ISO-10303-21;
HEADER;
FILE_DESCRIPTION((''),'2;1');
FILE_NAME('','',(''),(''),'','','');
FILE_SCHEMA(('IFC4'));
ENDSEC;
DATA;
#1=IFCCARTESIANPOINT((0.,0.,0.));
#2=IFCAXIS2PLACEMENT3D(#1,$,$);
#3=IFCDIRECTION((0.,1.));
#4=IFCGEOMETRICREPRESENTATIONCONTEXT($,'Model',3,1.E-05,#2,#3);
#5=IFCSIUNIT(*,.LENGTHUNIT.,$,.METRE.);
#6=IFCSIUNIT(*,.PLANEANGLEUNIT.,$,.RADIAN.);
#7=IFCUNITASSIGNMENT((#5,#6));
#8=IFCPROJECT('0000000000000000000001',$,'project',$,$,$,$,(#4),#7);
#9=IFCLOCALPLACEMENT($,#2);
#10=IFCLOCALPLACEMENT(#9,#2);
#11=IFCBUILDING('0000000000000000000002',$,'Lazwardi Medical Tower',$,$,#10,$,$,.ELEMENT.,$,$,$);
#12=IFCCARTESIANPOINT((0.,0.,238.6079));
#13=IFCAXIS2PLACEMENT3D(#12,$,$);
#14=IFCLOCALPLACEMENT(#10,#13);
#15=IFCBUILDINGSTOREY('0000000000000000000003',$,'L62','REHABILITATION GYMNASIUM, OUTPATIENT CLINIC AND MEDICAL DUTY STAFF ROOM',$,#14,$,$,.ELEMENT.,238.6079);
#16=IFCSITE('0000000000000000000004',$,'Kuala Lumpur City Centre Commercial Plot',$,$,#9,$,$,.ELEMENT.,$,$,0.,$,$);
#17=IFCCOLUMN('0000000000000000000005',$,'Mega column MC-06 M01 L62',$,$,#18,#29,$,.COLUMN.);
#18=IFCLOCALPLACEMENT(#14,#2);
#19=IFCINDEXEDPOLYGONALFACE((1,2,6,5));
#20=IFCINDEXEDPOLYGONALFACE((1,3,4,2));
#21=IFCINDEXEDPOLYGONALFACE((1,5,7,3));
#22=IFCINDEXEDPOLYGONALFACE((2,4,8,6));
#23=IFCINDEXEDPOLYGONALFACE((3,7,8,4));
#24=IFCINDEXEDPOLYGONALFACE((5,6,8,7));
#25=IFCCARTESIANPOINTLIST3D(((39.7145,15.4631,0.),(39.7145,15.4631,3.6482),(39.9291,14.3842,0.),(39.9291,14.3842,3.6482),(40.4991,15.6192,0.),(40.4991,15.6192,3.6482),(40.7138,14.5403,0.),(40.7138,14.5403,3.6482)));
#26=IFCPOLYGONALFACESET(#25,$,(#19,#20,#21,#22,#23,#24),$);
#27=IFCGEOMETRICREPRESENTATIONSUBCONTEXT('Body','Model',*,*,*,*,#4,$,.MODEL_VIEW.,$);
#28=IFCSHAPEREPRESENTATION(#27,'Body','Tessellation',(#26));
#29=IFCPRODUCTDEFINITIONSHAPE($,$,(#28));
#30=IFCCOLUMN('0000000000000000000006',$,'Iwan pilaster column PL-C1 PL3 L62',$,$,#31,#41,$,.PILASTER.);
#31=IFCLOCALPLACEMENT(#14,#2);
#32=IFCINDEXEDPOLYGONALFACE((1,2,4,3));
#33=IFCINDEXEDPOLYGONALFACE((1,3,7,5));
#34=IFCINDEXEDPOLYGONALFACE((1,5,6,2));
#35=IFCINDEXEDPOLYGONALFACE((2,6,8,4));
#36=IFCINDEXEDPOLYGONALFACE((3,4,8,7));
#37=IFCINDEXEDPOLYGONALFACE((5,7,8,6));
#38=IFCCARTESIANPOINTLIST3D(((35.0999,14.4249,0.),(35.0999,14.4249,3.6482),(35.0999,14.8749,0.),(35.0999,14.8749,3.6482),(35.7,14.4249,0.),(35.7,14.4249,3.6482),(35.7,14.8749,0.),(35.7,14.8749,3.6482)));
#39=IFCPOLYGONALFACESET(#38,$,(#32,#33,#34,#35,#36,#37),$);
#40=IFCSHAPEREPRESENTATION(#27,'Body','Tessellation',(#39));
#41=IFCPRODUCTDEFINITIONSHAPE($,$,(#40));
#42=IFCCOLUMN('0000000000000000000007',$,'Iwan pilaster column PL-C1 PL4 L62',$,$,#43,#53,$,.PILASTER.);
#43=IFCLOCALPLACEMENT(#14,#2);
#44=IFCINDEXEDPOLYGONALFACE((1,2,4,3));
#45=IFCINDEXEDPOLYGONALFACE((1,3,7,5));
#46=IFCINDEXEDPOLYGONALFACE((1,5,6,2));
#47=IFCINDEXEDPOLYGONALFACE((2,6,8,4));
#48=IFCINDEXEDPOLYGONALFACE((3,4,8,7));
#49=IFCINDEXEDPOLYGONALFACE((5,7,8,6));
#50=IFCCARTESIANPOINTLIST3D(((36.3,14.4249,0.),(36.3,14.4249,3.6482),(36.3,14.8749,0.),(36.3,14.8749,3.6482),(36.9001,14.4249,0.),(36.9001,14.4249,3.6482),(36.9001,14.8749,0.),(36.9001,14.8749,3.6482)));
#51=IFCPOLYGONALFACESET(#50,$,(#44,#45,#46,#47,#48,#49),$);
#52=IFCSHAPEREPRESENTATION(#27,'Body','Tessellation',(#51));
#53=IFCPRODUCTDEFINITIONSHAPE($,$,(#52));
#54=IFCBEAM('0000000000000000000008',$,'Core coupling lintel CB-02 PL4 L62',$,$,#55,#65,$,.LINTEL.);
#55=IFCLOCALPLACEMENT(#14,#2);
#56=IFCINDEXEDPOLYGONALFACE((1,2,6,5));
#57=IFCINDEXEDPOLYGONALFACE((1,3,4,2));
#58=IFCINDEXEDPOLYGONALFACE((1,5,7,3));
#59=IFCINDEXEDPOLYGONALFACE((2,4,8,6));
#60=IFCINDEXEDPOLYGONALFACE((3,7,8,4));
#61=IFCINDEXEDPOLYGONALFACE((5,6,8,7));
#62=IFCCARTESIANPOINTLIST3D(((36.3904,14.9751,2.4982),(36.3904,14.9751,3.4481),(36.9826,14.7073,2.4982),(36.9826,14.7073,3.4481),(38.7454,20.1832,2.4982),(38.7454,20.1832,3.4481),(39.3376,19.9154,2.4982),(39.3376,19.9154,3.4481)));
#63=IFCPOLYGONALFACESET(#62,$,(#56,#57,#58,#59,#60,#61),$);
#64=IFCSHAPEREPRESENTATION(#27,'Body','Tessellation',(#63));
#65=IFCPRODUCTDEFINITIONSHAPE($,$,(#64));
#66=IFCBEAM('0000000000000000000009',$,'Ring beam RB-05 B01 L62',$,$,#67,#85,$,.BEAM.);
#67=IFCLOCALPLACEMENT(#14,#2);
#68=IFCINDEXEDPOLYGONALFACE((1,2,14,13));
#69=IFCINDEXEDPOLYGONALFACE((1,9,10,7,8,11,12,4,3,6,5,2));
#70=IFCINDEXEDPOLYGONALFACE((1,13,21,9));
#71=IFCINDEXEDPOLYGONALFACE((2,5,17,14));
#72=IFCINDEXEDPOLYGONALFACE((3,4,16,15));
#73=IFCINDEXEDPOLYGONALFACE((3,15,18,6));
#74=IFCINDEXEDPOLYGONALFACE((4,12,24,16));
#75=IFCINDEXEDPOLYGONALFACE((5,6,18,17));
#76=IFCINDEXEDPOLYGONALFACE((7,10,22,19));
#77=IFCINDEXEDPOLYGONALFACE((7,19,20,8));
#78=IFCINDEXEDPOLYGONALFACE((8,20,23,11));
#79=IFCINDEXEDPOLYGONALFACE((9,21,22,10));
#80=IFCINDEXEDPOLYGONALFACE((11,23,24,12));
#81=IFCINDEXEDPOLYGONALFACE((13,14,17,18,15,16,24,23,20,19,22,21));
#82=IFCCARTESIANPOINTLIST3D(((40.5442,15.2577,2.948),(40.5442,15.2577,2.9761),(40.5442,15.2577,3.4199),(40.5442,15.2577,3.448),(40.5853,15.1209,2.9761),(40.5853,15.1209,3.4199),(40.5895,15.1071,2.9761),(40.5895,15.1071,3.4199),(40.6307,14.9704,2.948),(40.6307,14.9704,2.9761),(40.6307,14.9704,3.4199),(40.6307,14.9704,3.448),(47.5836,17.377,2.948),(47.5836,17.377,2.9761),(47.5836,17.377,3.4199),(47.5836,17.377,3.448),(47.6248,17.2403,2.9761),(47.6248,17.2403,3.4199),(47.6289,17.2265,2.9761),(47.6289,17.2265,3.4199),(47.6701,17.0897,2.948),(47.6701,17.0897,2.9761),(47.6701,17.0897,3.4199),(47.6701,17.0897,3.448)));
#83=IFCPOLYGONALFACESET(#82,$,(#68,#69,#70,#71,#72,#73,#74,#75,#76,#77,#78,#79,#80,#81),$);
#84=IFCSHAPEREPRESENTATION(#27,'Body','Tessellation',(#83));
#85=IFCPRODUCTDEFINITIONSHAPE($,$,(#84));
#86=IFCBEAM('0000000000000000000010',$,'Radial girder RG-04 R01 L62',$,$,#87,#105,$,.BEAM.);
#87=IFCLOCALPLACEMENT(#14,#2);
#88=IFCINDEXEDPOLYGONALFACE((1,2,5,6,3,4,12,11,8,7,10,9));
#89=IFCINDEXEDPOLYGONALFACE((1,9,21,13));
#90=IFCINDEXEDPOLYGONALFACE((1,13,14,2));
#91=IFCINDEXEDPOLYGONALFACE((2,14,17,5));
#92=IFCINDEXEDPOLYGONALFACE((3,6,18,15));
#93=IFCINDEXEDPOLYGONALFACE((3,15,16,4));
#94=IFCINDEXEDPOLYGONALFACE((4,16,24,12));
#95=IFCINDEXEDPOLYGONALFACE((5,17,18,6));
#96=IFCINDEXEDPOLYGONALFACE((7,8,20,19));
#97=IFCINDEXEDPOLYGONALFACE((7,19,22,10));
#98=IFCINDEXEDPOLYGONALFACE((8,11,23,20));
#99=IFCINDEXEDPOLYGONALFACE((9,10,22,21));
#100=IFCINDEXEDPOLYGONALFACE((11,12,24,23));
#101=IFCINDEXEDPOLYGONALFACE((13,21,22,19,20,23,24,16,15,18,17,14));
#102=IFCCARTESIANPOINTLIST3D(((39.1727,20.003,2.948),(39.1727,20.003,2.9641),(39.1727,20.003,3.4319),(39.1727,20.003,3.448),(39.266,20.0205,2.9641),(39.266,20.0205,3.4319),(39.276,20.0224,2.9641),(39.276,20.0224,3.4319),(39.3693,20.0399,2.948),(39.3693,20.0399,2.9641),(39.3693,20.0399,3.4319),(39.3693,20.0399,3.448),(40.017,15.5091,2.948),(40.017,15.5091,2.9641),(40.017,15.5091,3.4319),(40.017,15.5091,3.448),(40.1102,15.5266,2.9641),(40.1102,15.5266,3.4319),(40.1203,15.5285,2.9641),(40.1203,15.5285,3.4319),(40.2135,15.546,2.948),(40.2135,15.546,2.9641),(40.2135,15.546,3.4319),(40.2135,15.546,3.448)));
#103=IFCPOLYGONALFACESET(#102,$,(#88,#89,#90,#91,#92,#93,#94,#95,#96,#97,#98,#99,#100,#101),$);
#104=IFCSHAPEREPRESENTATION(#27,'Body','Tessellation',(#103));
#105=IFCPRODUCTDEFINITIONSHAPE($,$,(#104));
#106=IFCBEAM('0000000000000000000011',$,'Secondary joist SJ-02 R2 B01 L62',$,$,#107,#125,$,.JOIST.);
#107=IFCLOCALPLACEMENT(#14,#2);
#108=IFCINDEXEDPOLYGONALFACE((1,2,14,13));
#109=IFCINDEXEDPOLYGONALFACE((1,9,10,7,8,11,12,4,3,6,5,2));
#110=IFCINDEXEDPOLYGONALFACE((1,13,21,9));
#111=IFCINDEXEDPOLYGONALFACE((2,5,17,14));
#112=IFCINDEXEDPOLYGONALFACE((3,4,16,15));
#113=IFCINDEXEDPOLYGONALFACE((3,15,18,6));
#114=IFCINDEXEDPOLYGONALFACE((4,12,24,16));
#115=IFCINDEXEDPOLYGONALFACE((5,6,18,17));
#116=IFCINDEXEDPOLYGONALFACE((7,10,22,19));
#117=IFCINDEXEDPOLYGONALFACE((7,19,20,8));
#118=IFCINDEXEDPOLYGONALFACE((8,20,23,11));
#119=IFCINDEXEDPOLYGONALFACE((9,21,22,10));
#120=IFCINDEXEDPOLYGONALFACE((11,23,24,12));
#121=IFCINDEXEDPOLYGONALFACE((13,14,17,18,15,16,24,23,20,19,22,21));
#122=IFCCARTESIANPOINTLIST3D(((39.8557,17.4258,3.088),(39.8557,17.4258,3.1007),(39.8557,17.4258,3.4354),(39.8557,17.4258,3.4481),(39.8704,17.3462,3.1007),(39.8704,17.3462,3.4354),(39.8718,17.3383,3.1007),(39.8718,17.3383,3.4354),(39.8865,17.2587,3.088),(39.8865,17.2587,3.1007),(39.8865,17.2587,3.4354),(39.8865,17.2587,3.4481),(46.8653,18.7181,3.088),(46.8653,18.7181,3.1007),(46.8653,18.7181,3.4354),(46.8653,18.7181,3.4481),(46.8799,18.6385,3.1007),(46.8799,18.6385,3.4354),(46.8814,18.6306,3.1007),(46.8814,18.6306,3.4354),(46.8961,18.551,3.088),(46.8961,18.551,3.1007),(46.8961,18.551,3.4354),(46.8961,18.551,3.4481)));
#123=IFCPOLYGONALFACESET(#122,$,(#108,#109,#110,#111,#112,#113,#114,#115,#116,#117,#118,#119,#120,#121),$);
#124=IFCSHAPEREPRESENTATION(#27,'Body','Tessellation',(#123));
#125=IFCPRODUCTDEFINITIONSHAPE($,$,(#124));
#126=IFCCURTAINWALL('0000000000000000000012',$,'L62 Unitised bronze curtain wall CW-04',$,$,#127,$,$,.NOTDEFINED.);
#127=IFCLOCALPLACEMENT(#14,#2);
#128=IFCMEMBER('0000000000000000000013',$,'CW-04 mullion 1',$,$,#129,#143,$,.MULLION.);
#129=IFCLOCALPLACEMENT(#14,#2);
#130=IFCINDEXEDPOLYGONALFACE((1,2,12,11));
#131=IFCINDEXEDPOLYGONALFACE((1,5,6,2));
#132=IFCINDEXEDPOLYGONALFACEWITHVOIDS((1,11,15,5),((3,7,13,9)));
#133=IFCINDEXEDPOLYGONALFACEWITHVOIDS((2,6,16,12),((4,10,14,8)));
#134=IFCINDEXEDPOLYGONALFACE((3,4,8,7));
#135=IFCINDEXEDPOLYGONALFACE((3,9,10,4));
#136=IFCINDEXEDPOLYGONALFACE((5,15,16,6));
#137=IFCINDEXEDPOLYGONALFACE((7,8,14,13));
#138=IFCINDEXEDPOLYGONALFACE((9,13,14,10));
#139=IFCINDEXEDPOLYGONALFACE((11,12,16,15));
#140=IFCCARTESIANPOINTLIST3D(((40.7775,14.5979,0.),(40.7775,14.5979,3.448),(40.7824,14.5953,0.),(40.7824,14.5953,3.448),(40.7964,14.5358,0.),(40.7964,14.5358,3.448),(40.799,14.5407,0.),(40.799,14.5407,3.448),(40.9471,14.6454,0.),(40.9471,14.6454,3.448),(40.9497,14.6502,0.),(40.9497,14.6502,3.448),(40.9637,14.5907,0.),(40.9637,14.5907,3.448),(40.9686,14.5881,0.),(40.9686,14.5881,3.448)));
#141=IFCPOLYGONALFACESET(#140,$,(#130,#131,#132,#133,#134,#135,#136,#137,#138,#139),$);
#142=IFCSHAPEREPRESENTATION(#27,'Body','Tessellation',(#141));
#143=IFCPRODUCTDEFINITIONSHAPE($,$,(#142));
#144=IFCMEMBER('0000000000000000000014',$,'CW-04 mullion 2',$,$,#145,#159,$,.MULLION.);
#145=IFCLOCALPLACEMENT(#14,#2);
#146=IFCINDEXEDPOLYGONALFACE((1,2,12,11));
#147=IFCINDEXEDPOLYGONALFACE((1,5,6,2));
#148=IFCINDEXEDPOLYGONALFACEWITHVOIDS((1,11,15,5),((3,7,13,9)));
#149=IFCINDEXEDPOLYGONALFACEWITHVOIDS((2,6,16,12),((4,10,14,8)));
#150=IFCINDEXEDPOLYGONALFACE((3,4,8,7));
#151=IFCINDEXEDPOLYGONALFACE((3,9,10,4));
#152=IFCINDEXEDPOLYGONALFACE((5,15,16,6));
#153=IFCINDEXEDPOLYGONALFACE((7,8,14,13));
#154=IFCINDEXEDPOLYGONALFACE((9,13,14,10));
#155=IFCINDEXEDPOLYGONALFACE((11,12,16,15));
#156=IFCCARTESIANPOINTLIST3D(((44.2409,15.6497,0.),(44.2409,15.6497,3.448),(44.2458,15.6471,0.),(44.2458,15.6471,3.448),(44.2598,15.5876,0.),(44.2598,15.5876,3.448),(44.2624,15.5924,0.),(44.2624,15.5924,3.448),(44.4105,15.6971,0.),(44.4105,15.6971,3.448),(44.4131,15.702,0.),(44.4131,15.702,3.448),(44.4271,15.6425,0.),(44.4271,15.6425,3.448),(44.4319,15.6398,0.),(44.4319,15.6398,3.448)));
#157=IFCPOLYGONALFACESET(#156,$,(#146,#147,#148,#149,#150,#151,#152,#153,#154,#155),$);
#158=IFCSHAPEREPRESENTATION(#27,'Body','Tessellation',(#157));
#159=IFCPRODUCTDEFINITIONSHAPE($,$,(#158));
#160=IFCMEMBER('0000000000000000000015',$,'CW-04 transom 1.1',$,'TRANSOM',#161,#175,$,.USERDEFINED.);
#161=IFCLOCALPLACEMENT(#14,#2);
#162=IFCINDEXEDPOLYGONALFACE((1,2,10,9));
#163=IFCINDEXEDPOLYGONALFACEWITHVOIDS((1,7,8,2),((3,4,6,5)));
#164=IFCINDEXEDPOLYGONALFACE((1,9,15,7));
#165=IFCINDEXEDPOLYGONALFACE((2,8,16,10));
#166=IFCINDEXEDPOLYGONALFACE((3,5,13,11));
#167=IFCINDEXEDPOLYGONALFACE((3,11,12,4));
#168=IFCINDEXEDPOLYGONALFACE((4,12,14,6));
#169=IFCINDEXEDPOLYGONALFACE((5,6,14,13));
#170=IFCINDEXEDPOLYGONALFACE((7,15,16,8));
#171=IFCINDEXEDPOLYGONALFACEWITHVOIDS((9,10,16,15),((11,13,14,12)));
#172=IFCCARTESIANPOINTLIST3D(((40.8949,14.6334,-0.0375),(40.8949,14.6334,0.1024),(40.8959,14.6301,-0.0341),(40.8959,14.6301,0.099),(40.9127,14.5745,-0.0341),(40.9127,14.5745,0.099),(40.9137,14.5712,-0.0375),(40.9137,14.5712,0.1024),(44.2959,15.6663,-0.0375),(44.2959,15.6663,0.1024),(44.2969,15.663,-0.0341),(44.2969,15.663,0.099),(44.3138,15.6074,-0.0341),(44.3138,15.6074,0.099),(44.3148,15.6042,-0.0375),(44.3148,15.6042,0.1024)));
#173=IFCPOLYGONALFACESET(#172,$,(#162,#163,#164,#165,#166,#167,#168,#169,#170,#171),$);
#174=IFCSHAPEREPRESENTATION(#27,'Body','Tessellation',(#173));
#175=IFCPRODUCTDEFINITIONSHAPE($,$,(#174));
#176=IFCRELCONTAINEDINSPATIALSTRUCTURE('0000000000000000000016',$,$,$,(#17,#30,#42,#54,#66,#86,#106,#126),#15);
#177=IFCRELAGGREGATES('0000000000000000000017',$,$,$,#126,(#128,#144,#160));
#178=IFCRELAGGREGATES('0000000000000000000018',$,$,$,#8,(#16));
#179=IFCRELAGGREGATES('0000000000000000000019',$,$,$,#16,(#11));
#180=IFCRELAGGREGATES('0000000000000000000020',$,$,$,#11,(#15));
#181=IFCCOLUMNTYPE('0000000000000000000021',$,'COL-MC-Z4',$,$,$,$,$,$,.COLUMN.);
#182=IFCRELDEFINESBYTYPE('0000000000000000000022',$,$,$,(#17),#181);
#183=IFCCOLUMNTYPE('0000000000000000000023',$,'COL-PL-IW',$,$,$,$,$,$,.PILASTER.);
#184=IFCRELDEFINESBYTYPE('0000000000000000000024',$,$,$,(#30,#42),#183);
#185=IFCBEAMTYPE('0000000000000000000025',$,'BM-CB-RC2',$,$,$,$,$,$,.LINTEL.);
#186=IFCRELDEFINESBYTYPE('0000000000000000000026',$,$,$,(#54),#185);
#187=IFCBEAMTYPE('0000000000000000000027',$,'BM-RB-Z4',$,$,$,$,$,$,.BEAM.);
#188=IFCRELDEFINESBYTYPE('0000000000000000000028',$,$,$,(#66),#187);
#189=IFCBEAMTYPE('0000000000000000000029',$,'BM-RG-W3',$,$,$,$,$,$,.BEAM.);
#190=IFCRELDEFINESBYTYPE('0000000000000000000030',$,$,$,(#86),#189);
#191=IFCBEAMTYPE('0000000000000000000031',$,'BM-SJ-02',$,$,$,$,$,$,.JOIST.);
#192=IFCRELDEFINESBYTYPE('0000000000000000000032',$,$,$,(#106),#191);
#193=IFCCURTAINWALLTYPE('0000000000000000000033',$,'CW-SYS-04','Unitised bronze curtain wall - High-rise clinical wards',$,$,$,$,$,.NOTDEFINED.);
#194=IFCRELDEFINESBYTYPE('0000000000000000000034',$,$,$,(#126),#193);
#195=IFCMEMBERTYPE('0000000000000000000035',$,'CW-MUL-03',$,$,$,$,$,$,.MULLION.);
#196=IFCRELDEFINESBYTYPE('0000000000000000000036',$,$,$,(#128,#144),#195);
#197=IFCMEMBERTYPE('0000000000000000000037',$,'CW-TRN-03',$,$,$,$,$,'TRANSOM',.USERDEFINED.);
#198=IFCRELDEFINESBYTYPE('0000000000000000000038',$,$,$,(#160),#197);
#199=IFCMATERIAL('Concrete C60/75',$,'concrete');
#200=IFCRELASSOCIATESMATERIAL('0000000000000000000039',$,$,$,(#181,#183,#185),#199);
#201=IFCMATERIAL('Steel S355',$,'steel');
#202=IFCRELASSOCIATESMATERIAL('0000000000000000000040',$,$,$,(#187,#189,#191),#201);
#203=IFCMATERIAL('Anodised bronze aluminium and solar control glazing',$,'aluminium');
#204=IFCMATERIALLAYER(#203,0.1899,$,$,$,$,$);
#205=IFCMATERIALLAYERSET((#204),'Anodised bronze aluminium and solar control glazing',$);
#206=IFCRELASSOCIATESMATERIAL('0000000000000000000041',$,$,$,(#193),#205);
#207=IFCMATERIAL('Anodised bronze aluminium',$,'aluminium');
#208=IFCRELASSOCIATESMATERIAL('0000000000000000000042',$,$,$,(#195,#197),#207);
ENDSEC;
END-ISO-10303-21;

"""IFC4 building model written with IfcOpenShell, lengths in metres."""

from ifc_helpers import new_model, si_unit, direction, frame, origin, origin_2d, place, context, subcontext, project, spatial, rectangle, hollow_rectangle, i_section, extrude, material, layer, layer_set, material_profile, profile_set, type_object, element, aggregate, save


model = new_model("IFC4")

# Units and contexts
model_context = context("Model", 3, precision=1e-05, world=origin(), true_north=direction((0.0, 1.0)))
body_context = subcontext(model_context, "Body", "Model", "MODEL_VIEW")
ifc_project = project(units=[si_unit("LENGTHUNIT", "METRE"), si_unit("PLANEANGLEUNIT", "RADIAN")], contexts=[model_context])

# Site, building, storey
site_placement = place(None, origin())
site = spatial("IfcSite", under=ifc_project, at=site_placement, Name="Kuala Lumpur City Centre Commercial Plot", CompositionType="ELEMENT", RefElevation=0.0)
building_placement = place(site_placement, origin())
building = spatial("IfcBuilding", under=site, at=building_placement, Name="Lazwardi Medical Tower", CompositionType="ELEMENT")
storey_placement = place(building_placement, frame((0.0, 0.0, 238.6079)))
storey = spatial("IfcBuildingStorey", under=building, at=storey_placement, Name="L62", Description="REHABILITATION GYMNASIUM, OUTPATIENT CLINIC AND MEDICAL DUTY STAFF ROOM", CompositionType="ELEMENT", Elevation=238.6079)

# Columns
ifc_material_1 = material(Name="Concrete C60/75", Category="concrete")
ifc_material_profile_1 = material_profile(ifc_material_1, rectangle(XDim=1.1001, YDim=0.8, at=origin_2d()), Name="CFT-RECT 1100x800")
ifc_profile_set_1 = profile_set([ifc_material_profile_1], Name="Concrete C60/75")
column_type_1 = type_object("IfcColumnType", Name="COL-MC-Z4", PredefinedType="COLUMN", material=ifc_profile_set_1)
column_placement = place(storey_placement, frame((40.2141, 15.0017, 0.0), z_axis=(0.0, 0.0, 1.0), x_axis=(0.19509, -0.980785, 0.0)))
element("IfcColumn", 1, at=column_placement, inside=storey, type_object=column_type_1, Name="Mega column MC-06 M01 L62", PredefinedType="COLUMN", context=body_context, shape_type="SweptSolid", body=[
    extrude(rectangle(XDim=1.1001, YDim=0.8, at=origin_2d()), origin(), (0.0, 0.0, 1.0), 3.6482),
])
ifc_material_profile_2 = material_profile(ifc_material_1, rectangle(XDim=0.6001, YDim=0.45, at=origin_2d()), Name="RC 600x450")
ifc_profile_set_2 = profile_set([ifc_material_profile_2], Name="Concrete C60/75")
column_type_2 = type_object("IfcColumnType", Name="COL-PL-IW", PredefinedType="PILASTER", material=ifc_profile_set_2)
for number, where, z_axis, x_axis, name in (
    (2, (35.3999, 14.6499, 0.0), (0.0, 0.0, 1.0), (1.0, 0.0, 0.0), "Iwan pilaster column PL-C1 PL3 L62"),
    (3, (36.6001, 14.6499, 0.0), (0.0, 0.0, 1.0), (1.0, 0.0, 0.0), "Iwan pilaster column PL-C1 PL4 L62"),
):
    element("IfcColumn", number, at=place(storey_placement, frame(where, z_axis=z_axis, x_axis=x_axis)), inside=storey, type_object=column_type_2, Name=name, PredefinedType="PILASTER", context=body_context, shape_type="SweptSolid", body=[
        extrude(rectangle(XDim=0.6001, YDim=0.45, at=origin_2d()), origin(), (0.0, 0.0, 1.0), 3.6482),
    ])

# Beams
ifc_material_profile_3 = material_profile(ifc_material_1, rectangle(XDim=0.6499, YDim=0.95, at=origin_2d()), Name="RC 650x950")
ifc_profile_set_3 = profile_set([ifc_material_profile_3], Name="Concrete C60/75")
beam_type_1 = type_object("IfcBeamType", Name="BM-CB-RC2", PredefinedType="LINTEL", material=ifc_profile_set_3)
beam_1_placement = place(storey_placement, frame((39.0415, 20.0493, 2.9731), z_axis=(-0.412019, -0.911175, 0.0), x_axis=(0.911175, -0.412019, 0.0)))
element("IfcBeam", 4, at=beam_1_placement, inside=storey, type_object=beam_type_1, Name="Core coupling lintel CB-02 PL4 L62", PredefinedType="LINTEL", context=body_context, shape_type="SweptSolid", body=[
    extrude(rectangle(XDim=0.6499, YDim=0.95, at=origin_2d()), origin(), (0.0, 0.0, 1.0), 5.7158),
])
ifc_material_2 = material(Name="Steel S355", Category="steel")
ifc_material_profile_4 = material_profile(ifc_material_2, i_section(OverallWidth=0.3, OverallDepth=0.5, WebThickness=0.0144, FlangeThickness=0.0281, at=origin_2d()), Name="HEB 500")
ifc_profile_set_4 = profile_set([ifc_material_profile_4], Name="Steel S355")
beam_type_2 = type_object("IfcBeamType", Name="BM-RB-Z4", PredefinedType="BEAM", material=ifc_profile_set_4)
beam_2_placement = place(storey_placement, frame((40.5874, 15.114, 3.198), z_axis=(0.957544, 0.288286, 0.0), x_axis=(-0.288286, 0.957544, 0.0)))
element("IfcBeam", 5, at=beam_2_placement, inside=storey, type_object=beam_type_2, Name="Ring beam RB-05 B01 L62", PredefinedType="BEAM", context=body_context, shape_type="SweptSolid", body=[
    extrude(i_section(OverallWidth=0.3, OverallDepth=0.5, WebThickness=0.0144, FlangeThickness=0.0281, at=origin_2d()), origin(), (0.0, 0.0, 1.0), 7.3516),
])
ifc_material_profile_5 = material_profile(ifc_material_2, i_section(OverallWidth=0.2, OverallDepth=0.5, WebThickness=0.0103, FlangeThickness=0.0161, at=origin_2d()), Name="IPE 500")
ifc_profile_set_5 = profile_set([ifc_material_profile_5], Name="Steel S355")
beam_type_3 = type_object("IfcBeamType", Name="BM-RG-W3", PredefinedType="BEAM", material=ifc_profile_set_5)
beam_3_placement = place(storey_placement, frame((40.1152, 15.5276, 3.198), z_axis=(-0.184633, 0.982807, 0.0), x_axis=(-0.982807, -0.184633, 0.0)))
element("IfcBeam", 6, at=beam_3_placement, inside=storey, type_object=beam_type_3, Name="Radial girder RG-04 R01 L62", PredefinedType="BEAM", context=body_context, shape_type="SweptSolid", body=[
    extrude(i_section(OverallWidth=0.2, OverallDepth=0.5, WebThickness=0.0103, FlangeThickness=0.0161, at=origin_2d()), origin(), (0.0, 0.0, 1.0), 4.5725),
])
ifc_material_profile_6 = material_profile(ifc_material_2, i_section(OverallWidth=0.1699, OverallDepth=0.3601, WebThickness=0.0081, FlangeThickness=0.0127, at=origin_2d()), Name="IPE 360")
ifc_profile_set_6 = profile_set([ifc_material_profile_6], Name="Steel S355")
beam_type_4 = type_object("IfcBeamType", Name="BM-SJ-02", PredefinedType="JOIST", material=ifc_profile_set_6)
beam_4_placement = place(storey_placement, frame((39.8711, 17.3423, 3.2681), z_axis=(0.983428, 0.181299, 0.0), x_axis=(-0.181299, 0.983428, 0.0)))
element("IfcBeam", 7, at=beam_4_placement, inside=storey, type_object=beam_type_4, Name="Secondary joist SJ-02 R2 B01 L62", PredefinedType="JOIST", context=body_context, shape_type="SweptSolid", body=[
    extrude(i_section(OverallWidth=0.1699, OverallDepth=0.3601, WebThickness=0.0081, FlangeThickness=0.0127, at=origin_2d()), origin(), (0.0, 0.0, 1.0), 7.1277),
])

# Curtain wall, members
ifc_material_3 = material(Name="Anodised bronze aluminium and solar control glazing", Category="aluminium")
ifc_layer_1 = layer(ifc_material_3, 0.1899)
ifc_layer_set_1 = layer_set([ifc_layer_1], Name="Anodised bronze aluminium and solar control glazing")
curtain_wall_type = type_object("IfcCurtainWallType", Name="CW-SYS-04", Description="Unitised bronze curtain wall - High-rise clinical wards", PredefinedType="NOTDEFINED", material=ifc_layer_set_1)
curtain_wall_placement = place(storey_placement, origin())
curtain_wall = element("IfcCurtainWall", 8, at=curtain_wall_placement, inside=storey, type_object=curtain_wall_type, Name="L62 Unitised bronze curtain wall CW-04", PredefinedType="NOTDEFINED")
ifc_material_4 = material(Name="Anodised bronze aluminium", Category="aluminium")
ifc_material_profile_7 = material_profile(ifc_material_4, hollow_rectangle(XDim=0.0649, YDim=0.1799, WallThickness=0.0039, at=origin_2d()), Name="ALU-MULLION 180x65x4")
ifc_profile_set_7 = profile_set([ifc_material_profile_7], Name="Anodised bronze aluminium")
member_type_1 = type_object("IfcMemberType", Name="CW-MUL-03", PredefinedType="MULLION", material=ifc_profile_set_7)
member_1_placement = place(storey_placement, frame((40.873, 14.593, 0.0), z_axis=(0.0, 0.0, 1.0), x_axis=(-0.290582, 0.95685, 0.0)))
member_1 = element("IfcMember", 9, at=member_1_placement, type_object=member_type_1, Name="CW-04 mullion 1", PredefinedType="MULLION", context=body_context, shape_type="SweptSolid", body=[
    extrude(hollow_rectangle(XDim=0.0649, YDim=0.1799, WallThickness=0.0039, at=origin_2d()), origin(), (0.0, 0.0, 1.0), 3.448),
])
member_2_placement = place(storey_placement, frame((44.3364, 15.6448, 0.0), z_axis=(0.0, 0.0, 1.0), x_axis=(-0.290582, 0.95685, 0.0)))
member_2 = element("IfcMember", 10, at=member_2_placement, type_object=member_type_1, Name="CW-04 mullion 2", PredefinedType="MULLION", context=body_context, shape_type="SweptSolid", body=[
    extrude(hollow_rectangle(XDim=0.0649, YDim=0.1799, WallThickness=0.0039, at=origin_2d()), origin(), (0.0, 0.0, 1.0), 3.448),
])
ifc_material_profile_8 = material_profile(ifc_material_4, hollow_rectangle(XDim=0.0649, YDim=0.1399, WallThickness=0.0034, at=origin_2d()), Name="ALU-TRANSOM 140x65x3.5")
ifc_profile_set_8 = profile_set([ifc_material_profile_8], Name="Anodised bronze aluminium")
member_type_2 = type_object("IfcMemberType", Name="CW-TRN-03", ElementType="TRANSOM", PredefinedType="USERDEFINED", material=ifc_profile_set_8)
member_3_placement = place(storey_placement, frame((40.9043, 14.6023, 0.0325), z_axis=(0.956843, 0.290604, 0.0), x_axis=(-0.290604, 0.956843, 0.0)))
member_3 = element("IfcMember", 11, at=member_3_placement, type_object=member_type_2, Name="CW-04 transom 1.1", ObjectType="TRANSOM", PredefinedType="USERDEFINED", context=body_context, shape_type="SweptSolid", body=[
    extrude(hollow_rectangle(XDim=0.0649, YDim=0.1399, WallThickness=0.0034, at=origin_2d()), origin(), (0.0, 0.0, 1.0), 3.5544),
])
aggregate(curtain_wall, [member_1, member_2, member_3])

save(model, "model.ifc")
